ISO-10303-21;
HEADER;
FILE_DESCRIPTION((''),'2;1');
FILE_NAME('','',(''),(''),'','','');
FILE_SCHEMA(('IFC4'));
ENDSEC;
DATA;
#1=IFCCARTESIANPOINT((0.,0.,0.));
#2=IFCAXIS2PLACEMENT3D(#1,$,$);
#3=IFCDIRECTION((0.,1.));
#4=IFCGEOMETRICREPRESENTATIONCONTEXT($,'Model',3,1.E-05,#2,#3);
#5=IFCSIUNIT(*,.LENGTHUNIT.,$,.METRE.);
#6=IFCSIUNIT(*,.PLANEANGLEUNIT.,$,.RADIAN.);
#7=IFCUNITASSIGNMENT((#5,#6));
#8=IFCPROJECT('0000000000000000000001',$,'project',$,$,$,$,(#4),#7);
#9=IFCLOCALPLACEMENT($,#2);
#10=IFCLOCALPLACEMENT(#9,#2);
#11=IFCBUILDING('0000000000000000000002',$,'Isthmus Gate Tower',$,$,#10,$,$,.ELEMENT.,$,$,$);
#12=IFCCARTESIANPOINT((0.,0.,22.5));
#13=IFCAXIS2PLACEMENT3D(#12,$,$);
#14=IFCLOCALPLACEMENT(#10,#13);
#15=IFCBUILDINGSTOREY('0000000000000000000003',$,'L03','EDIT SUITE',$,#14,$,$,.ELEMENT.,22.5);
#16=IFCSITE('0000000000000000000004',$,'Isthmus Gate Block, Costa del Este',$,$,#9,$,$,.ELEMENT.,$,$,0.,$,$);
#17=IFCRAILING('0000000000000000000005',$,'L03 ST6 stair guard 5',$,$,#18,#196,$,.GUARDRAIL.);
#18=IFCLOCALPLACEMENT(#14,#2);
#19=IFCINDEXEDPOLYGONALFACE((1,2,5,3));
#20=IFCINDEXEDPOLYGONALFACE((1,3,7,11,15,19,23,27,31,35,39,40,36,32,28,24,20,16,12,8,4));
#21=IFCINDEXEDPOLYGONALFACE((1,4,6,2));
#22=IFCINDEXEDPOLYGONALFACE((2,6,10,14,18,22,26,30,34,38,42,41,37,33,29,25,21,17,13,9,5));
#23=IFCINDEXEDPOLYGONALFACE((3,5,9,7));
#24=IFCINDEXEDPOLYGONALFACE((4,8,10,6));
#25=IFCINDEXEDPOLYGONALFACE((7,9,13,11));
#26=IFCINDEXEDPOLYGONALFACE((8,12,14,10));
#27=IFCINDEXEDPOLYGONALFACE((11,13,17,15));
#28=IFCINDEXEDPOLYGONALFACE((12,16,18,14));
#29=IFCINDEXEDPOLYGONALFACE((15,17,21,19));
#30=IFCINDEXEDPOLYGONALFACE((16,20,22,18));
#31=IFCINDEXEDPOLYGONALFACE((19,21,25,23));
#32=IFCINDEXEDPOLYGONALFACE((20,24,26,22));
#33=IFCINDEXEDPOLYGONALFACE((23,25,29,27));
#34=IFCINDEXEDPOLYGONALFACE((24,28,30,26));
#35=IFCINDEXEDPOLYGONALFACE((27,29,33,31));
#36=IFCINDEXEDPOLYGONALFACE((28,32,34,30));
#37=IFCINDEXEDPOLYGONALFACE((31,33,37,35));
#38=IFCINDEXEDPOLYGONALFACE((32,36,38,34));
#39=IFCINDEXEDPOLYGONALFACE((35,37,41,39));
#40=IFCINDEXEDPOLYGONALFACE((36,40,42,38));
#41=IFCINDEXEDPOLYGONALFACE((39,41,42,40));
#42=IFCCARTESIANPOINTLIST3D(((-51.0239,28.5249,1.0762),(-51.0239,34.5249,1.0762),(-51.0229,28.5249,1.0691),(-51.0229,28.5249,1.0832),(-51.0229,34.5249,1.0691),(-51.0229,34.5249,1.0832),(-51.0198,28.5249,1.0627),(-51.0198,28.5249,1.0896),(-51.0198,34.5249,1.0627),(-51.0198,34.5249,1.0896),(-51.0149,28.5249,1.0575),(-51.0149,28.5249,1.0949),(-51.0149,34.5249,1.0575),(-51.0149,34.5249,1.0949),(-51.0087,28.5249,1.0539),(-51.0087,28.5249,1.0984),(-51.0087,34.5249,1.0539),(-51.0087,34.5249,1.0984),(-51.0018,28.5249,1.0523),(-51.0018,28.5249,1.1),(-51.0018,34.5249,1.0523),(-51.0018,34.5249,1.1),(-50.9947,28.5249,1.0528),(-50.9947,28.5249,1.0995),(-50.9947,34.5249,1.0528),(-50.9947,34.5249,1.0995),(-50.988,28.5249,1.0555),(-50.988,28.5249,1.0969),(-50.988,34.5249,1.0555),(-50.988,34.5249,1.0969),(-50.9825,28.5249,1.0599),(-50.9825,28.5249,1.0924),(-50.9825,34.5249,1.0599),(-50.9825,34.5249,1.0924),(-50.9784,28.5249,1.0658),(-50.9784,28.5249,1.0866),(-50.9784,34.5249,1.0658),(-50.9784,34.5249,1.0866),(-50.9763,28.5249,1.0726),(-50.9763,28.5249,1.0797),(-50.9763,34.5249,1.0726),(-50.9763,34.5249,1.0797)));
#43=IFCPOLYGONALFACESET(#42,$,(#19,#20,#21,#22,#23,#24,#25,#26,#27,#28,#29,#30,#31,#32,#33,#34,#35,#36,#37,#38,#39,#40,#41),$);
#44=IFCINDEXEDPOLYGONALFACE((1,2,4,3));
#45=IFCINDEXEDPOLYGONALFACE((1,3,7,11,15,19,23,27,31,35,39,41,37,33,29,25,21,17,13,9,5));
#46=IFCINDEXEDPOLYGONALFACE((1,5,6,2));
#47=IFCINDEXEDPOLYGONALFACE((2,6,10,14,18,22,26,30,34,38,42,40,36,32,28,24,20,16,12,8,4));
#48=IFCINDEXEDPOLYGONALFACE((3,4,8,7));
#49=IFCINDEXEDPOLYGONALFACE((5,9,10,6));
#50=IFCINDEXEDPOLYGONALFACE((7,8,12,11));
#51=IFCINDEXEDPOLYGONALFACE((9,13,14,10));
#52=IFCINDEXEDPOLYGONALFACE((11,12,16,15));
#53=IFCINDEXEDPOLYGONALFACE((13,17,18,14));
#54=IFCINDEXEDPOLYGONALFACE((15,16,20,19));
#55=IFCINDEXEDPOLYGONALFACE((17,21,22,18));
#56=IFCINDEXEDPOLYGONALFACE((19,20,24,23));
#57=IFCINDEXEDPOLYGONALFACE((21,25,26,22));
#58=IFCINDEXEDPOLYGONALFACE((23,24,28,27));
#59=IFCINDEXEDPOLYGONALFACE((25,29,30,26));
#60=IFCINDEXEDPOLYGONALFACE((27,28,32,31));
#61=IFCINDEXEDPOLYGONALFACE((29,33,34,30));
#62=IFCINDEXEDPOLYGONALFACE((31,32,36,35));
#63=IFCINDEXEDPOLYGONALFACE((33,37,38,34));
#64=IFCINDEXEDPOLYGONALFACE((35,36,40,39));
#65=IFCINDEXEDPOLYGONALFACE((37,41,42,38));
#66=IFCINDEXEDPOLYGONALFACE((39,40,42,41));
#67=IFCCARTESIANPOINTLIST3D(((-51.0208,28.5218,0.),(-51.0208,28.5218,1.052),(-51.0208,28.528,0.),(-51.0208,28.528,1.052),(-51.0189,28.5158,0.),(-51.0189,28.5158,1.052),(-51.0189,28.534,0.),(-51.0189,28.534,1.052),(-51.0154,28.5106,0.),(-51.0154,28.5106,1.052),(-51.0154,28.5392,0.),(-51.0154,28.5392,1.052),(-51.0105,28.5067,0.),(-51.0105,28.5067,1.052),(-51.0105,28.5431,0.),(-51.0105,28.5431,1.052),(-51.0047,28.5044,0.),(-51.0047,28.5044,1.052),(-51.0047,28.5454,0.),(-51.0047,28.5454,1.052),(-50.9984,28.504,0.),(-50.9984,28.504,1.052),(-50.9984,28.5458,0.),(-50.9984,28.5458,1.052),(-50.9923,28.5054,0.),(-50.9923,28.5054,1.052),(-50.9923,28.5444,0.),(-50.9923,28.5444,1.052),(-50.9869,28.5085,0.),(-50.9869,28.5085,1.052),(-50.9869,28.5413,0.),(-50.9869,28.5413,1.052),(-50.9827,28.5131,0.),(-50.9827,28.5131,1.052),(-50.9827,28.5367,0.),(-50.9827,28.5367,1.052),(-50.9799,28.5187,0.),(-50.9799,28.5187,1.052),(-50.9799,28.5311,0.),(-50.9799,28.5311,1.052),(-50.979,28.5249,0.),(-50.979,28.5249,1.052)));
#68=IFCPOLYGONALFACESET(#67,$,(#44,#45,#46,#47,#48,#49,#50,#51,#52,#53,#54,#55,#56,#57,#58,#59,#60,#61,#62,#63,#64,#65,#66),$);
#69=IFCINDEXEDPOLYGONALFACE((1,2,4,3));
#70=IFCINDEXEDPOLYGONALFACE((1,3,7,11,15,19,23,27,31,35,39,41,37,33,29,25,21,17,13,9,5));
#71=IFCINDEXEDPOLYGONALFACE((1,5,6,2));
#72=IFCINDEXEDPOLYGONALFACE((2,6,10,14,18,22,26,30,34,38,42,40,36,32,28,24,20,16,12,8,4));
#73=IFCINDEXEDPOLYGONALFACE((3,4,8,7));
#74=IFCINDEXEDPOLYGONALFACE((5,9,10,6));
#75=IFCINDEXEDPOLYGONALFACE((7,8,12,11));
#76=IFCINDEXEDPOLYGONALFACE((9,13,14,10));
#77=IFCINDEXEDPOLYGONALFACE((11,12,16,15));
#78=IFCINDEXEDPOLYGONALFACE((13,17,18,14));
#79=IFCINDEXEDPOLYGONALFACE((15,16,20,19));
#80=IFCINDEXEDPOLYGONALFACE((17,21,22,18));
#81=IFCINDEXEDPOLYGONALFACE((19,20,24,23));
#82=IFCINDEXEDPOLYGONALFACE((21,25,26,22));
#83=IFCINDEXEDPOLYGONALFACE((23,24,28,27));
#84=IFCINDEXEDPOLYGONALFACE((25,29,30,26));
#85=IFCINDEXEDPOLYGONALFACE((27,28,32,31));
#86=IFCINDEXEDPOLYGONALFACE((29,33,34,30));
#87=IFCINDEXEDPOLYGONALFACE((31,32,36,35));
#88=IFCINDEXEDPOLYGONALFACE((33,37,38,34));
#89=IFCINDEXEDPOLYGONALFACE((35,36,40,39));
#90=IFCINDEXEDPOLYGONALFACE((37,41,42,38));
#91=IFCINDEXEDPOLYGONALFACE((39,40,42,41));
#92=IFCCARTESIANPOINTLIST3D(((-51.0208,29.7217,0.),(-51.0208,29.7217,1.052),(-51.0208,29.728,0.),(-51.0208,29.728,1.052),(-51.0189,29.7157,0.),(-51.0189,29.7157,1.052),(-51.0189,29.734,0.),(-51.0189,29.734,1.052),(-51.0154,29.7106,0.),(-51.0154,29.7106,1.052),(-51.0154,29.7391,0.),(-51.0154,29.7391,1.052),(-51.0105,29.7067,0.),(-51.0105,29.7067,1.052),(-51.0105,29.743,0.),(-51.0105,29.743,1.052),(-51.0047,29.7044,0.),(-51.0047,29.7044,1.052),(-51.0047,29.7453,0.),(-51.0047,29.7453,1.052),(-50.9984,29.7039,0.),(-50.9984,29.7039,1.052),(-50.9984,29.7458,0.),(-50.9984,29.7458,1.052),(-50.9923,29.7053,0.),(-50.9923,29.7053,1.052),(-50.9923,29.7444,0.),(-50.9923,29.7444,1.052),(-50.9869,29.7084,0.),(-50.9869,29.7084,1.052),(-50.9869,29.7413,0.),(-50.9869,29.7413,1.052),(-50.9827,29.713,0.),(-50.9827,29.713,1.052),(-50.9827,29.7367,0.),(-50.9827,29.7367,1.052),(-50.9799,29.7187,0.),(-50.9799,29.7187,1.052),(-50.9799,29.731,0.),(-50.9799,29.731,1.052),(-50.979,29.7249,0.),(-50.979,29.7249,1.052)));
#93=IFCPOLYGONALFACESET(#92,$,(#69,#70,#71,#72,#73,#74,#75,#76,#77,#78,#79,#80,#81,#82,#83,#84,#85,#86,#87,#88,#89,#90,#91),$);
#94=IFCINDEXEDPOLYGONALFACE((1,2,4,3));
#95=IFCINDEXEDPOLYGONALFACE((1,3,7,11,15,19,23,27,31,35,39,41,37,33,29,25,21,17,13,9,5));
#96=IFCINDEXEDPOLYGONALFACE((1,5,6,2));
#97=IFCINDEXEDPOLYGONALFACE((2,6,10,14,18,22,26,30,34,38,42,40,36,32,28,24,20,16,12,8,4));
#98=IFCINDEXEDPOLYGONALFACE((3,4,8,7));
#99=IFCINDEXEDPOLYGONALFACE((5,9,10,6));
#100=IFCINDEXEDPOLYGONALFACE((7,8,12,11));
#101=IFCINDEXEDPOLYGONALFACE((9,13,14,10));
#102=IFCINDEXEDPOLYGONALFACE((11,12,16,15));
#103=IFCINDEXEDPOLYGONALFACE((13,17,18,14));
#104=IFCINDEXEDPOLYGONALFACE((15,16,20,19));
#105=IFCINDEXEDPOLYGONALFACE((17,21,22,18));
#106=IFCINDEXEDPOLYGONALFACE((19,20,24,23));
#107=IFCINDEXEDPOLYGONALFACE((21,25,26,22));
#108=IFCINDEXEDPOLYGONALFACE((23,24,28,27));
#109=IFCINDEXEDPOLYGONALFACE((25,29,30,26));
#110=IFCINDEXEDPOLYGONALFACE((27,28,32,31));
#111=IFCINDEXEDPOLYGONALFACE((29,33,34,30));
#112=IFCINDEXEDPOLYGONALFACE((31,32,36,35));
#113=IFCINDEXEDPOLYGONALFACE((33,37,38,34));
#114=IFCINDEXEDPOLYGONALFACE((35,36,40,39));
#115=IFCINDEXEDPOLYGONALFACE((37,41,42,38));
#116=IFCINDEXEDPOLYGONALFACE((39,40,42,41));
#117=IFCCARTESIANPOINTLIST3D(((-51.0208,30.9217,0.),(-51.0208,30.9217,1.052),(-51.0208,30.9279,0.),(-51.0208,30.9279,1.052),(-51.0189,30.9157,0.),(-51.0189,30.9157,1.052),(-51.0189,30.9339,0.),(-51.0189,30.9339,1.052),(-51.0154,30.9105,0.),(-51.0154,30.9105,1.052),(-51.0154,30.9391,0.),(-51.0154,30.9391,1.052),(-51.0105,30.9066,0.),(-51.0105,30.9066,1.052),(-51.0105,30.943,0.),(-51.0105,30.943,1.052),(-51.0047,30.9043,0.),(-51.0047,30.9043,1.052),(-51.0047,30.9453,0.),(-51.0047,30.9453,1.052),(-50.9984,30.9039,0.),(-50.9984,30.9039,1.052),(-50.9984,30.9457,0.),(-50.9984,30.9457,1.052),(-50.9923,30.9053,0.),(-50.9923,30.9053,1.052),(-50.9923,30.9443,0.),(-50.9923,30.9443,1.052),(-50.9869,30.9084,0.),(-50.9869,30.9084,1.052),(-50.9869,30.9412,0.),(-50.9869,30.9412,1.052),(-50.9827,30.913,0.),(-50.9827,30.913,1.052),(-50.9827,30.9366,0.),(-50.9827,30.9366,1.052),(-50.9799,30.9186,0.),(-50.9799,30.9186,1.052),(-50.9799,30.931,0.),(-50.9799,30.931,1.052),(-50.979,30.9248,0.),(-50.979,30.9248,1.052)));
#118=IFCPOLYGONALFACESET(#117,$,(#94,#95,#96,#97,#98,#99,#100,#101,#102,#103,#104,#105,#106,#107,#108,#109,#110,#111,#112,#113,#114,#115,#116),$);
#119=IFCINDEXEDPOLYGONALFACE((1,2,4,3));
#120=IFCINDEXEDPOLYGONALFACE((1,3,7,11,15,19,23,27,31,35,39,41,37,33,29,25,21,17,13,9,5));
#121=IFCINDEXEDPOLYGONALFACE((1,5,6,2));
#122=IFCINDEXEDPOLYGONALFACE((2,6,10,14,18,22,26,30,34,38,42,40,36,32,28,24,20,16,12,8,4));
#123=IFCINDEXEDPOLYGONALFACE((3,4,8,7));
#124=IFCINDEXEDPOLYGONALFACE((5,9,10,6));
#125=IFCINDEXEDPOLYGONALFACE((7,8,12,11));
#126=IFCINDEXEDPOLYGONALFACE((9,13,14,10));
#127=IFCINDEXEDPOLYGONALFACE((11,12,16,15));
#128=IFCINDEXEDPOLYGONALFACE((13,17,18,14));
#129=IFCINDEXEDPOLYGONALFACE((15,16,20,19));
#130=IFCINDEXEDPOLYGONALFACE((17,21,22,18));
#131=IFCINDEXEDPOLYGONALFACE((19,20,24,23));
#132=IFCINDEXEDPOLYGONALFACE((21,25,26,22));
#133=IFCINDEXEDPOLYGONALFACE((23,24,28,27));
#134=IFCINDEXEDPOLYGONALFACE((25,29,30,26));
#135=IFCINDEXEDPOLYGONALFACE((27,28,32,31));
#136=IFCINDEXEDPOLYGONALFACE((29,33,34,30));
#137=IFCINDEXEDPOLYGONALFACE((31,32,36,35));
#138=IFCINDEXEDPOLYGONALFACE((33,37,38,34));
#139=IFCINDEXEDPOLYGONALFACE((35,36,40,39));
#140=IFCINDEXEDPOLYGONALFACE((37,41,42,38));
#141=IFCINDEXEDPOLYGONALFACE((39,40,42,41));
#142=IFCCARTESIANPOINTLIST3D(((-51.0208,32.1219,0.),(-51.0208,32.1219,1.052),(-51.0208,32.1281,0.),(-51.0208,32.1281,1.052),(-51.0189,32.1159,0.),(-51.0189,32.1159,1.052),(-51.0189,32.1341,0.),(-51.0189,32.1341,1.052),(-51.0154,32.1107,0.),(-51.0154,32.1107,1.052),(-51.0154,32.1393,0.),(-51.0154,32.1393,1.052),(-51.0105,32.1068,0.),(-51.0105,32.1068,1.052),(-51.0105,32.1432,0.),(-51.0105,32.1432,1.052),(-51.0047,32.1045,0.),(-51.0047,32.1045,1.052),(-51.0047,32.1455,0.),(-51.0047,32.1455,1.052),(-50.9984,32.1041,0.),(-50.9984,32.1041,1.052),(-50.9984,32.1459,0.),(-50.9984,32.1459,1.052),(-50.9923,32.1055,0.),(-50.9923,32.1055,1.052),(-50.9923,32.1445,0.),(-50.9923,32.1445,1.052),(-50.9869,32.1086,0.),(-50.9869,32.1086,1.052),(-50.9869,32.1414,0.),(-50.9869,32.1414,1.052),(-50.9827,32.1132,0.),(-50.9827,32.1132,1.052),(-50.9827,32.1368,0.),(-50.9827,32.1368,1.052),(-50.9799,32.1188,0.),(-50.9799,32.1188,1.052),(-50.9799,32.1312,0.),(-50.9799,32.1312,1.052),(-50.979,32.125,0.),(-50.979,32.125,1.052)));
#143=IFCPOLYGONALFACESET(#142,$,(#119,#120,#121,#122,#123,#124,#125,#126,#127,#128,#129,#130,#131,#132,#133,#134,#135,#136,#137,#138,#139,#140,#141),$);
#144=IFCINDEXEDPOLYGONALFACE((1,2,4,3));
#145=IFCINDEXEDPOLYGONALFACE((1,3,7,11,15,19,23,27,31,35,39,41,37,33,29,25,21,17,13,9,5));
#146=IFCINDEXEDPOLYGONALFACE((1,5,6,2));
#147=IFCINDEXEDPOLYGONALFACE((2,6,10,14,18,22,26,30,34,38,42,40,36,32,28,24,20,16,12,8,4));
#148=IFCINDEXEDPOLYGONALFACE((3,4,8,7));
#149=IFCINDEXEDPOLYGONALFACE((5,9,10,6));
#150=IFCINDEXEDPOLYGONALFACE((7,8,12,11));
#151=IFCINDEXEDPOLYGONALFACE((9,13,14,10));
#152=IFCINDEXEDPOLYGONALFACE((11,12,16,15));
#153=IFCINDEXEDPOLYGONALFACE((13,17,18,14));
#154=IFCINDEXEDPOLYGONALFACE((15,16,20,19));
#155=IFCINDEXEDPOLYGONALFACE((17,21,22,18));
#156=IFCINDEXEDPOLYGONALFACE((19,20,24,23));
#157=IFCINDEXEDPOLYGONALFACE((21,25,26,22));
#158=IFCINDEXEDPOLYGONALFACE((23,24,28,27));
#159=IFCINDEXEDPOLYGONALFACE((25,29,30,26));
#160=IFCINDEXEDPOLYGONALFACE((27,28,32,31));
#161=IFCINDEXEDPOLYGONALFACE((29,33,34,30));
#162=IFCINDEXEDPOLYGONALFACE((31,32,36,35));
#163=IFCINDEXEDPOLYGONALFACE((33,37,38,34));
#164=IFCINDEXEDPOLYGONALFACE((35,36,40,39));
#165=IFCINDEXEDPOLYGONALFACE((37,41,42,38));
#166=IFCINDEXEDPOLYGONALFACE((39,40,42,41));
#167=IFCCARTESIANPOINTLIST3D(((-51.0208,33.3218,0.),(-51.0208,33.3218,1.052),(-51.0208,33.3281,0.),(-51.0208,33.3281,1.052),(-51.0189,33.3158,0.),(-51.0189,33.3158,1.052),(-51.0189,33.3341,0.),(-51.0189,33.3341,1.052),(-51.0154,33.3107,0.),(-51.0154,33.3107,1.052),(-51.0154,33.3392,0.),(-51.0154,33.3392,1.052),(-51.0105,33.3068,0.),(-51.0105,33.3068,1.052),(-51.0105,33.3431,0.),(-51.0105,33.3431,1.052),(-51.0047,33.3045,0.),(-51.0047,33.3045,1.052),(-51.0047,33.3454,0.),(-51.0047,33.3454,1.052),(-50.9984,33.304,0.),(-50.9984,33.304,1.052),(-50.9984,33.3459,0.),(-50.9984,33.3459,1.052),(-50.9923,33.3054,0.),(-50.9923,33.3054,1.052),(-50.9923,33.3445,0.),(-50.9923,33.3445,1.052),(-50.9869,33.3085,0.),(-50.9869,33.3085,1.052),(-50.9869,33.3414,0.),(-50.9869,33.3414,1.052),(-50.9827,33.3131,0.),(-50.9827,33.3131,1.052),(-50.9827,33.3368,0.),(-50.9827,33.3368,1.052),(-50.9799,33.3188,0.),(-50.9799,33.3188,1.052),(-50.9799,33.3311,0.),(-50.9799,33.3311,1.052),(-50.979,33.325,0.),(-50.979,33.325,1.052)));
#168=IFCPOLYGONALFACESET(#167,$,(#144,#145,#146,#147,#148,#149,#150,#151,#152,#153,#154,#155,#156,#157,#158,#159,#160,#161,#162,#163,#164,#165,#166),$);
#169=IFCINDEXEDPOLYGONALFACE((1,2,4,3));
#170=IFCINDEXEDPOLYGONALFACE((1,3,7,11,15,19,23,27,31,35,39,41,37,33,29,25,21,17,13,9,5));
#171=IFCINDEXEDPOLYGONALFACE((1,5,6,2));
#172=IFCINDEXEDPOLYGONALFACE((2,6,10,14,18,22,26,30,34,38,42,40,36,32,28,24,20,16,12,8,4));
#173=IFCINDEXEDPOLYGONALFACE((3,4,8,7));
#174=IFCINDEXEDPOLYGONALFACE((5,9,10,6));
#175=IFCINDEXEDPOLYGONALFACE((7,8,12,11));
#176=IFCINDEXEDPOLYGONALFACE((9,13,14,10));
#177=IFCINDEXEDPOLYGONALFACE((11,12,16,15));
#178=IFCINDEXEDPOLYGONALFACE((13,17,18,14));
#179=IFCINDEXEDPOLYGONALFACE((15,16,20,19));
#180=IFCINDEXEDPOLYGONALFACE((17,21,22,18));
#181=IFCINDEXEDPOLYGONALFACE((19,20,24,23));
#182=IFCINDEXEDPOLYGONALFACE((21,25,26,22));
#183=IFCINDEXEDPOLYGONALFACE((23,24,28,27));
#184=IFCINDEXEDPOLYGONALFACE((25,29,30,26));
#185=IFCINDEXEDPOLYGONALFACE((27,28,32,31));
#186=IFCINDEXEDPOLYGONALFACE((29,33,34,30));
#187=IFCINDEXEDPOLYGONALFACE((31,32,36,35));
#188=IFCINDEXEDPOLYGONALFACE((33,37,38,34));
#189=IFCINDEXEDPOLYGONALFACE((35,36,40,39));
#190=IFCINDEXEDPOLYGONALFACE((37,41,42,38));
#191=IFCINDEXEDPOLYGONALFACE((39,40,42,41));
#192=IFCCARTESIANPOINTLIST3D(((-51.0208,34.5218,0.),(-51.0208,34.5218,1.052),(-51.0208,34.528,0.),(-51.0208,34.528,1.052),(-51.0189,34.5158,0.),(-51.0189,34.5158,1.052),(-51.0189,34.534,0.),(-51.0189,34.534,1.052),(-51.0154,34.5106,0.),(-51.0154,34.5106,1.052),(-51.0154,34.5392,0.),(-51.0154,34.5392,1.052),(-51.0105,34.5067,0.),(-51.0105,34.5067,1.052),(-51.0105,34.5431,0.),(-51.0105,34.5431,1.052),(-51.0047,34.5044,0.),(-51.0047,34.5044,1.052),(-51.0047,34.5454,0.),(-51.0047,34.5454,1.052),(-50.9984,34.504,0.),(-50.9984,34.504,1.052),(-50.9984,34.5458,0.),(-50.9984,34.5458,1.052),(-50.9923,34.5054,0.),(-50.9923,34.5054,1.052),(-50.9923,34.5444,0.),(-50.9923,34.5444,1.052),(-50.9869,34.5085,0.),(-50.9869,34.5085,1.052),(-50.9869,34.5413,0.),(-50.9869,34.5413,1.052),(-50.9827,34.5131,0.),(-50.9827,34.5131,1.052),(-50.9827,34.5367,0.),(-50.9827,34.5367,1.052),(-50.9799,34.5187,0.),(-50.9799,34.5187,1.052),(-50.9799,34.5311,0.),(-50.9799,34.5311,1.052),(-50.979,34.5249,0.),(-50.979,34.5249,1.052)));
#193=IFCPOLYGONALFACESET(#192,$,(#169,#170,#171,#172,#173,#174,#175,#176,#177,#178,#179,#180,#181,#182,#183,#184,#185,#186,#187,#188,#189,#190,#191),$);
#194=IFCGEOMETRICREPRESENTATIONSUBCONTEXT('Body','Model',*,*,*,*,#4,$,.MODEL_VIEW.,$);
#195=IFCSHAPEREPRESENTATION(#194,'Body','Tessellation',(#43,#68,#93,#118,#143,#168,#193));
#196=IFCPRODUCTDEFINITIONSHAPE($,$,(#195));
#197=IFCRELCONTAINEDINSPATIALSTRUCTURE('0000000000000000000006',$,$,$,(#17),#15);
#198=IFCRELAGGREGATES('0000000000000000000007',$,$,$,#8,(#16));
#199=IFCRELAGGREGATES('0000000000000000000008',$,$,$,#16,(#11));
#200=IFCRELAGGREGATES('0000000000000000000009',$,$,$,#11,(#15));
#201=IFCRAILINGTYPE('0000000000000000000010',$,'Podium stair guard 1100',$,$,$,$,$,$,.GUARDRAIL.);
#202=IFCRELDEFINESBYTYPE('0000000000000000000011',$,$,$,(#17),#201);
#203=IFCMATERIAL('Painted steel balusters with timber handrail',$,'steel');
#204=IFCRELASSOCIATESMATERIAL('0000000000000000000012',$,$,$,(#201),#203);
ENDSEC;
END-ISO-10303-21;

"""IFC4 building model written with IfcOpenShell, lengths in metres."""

from ifc_helpers import new_model, si_unit, direction, frame, origin, origin_2d, place, context, subcontext, project, spatial, circle, extrude, material, type_object, element, save


model = new_model("IFC4")

# Units and contexts
model_context = context("Model", 3, precision=1e-05, world=origin(), true_north=direction((0.0, 1.0)))
body_context = subcontext(model_context, "Body", "Model", "MODEL_VIEW")
ifc_project = project(units=[si_unit("LENGTHUNIT", "METRE"), si_unit("PLANEANGLEUNIT", "RADIAN")], contexts=[model_context])

# Site, building, storey
site_placement = place(None, origin())
site = spatial("IfcSite", under=ifc_project, at=site_placement, Name="Isthmus Gate Block, Costa del Este", CompositionType="ELEMENT", RefElevation=0.0)
building_placement = place(site_placement, origin())
building = spatial("IfcBuilding", under=site, at=building_placement, Name="Isthmus Gate Tower", CompositionType="ELEMENT")
storey_placement = place(building_placement, frame((0.0, 0.0, 22.5)))
storey = spatial("IfcBuildingStorey", under=building, at=storey_placement, Name="L03", Description="EDIT SUITE", CompositionType="ELEMENT", Elevation=22.5)

# Railing
ifc_material_1 = material(Name="Painted steel balusters with timber handrail", Category="steel")
railing_type_1 = type_object("IfcRailingType", Name="Podium stair guard 1100", PredefinedType="GUARDRAIL", material=ifc_material_1)
railing_1_placement = place(storey_placement, frame((-51.0, 28.5249, 0.0)))
element("IfcRailing", 1, at=railing_1_placement, inside=storey, type_object=railing_type_1, Name="L03 ST6 stair guard 5", PredefinedType="GUARDRAIL", context=body_context, shape_type="SweptSolid", body=[
    extrude(circle(Radius=0.0239, at=origin_2d()), frame((0.0, 0.0, 1.0762), z_axis=(0.0, 1.0, 0.0), x_axis=(-1.0, 0.0, 0.0)), (0.0, 0.0, 1.0), 6.0),
    extrude(circle(Radius=0.021, at=origin_2d()), origin(), (0.0, 0.0, 1.0), 1.052),
    extrude(circle(Radius=0.021, at=origin_2d()), frame((0.0, 1.2, 0.0)), (0.0, 0.0, 1.0), 1.052),
    extrude(circle(Radius=0.021, at=origin_2d()), frame((0.0, 2.3999, 0.0)), (0.0, 0.0, 1.0), 1.052),
    extrude(circle(Radius=0.021, at=origin_2d()), frame((0.0, 3.6001, 0.0)), (0.0, 0.0, 1.0), 1.052),
    extrude(circle(Radius=0.021, at=origin_2d()), frame((0.0, 4.8, 0.0)), (0.0, 0.0, 1.0), 1.052),
    extrude(circle(Radius=0.021, at=origin_2d()), frame((0.0, 6.0, 0.0)), (0.0, 0.0, 1.0), 1.052),
])

save(model, "model.ifc")
